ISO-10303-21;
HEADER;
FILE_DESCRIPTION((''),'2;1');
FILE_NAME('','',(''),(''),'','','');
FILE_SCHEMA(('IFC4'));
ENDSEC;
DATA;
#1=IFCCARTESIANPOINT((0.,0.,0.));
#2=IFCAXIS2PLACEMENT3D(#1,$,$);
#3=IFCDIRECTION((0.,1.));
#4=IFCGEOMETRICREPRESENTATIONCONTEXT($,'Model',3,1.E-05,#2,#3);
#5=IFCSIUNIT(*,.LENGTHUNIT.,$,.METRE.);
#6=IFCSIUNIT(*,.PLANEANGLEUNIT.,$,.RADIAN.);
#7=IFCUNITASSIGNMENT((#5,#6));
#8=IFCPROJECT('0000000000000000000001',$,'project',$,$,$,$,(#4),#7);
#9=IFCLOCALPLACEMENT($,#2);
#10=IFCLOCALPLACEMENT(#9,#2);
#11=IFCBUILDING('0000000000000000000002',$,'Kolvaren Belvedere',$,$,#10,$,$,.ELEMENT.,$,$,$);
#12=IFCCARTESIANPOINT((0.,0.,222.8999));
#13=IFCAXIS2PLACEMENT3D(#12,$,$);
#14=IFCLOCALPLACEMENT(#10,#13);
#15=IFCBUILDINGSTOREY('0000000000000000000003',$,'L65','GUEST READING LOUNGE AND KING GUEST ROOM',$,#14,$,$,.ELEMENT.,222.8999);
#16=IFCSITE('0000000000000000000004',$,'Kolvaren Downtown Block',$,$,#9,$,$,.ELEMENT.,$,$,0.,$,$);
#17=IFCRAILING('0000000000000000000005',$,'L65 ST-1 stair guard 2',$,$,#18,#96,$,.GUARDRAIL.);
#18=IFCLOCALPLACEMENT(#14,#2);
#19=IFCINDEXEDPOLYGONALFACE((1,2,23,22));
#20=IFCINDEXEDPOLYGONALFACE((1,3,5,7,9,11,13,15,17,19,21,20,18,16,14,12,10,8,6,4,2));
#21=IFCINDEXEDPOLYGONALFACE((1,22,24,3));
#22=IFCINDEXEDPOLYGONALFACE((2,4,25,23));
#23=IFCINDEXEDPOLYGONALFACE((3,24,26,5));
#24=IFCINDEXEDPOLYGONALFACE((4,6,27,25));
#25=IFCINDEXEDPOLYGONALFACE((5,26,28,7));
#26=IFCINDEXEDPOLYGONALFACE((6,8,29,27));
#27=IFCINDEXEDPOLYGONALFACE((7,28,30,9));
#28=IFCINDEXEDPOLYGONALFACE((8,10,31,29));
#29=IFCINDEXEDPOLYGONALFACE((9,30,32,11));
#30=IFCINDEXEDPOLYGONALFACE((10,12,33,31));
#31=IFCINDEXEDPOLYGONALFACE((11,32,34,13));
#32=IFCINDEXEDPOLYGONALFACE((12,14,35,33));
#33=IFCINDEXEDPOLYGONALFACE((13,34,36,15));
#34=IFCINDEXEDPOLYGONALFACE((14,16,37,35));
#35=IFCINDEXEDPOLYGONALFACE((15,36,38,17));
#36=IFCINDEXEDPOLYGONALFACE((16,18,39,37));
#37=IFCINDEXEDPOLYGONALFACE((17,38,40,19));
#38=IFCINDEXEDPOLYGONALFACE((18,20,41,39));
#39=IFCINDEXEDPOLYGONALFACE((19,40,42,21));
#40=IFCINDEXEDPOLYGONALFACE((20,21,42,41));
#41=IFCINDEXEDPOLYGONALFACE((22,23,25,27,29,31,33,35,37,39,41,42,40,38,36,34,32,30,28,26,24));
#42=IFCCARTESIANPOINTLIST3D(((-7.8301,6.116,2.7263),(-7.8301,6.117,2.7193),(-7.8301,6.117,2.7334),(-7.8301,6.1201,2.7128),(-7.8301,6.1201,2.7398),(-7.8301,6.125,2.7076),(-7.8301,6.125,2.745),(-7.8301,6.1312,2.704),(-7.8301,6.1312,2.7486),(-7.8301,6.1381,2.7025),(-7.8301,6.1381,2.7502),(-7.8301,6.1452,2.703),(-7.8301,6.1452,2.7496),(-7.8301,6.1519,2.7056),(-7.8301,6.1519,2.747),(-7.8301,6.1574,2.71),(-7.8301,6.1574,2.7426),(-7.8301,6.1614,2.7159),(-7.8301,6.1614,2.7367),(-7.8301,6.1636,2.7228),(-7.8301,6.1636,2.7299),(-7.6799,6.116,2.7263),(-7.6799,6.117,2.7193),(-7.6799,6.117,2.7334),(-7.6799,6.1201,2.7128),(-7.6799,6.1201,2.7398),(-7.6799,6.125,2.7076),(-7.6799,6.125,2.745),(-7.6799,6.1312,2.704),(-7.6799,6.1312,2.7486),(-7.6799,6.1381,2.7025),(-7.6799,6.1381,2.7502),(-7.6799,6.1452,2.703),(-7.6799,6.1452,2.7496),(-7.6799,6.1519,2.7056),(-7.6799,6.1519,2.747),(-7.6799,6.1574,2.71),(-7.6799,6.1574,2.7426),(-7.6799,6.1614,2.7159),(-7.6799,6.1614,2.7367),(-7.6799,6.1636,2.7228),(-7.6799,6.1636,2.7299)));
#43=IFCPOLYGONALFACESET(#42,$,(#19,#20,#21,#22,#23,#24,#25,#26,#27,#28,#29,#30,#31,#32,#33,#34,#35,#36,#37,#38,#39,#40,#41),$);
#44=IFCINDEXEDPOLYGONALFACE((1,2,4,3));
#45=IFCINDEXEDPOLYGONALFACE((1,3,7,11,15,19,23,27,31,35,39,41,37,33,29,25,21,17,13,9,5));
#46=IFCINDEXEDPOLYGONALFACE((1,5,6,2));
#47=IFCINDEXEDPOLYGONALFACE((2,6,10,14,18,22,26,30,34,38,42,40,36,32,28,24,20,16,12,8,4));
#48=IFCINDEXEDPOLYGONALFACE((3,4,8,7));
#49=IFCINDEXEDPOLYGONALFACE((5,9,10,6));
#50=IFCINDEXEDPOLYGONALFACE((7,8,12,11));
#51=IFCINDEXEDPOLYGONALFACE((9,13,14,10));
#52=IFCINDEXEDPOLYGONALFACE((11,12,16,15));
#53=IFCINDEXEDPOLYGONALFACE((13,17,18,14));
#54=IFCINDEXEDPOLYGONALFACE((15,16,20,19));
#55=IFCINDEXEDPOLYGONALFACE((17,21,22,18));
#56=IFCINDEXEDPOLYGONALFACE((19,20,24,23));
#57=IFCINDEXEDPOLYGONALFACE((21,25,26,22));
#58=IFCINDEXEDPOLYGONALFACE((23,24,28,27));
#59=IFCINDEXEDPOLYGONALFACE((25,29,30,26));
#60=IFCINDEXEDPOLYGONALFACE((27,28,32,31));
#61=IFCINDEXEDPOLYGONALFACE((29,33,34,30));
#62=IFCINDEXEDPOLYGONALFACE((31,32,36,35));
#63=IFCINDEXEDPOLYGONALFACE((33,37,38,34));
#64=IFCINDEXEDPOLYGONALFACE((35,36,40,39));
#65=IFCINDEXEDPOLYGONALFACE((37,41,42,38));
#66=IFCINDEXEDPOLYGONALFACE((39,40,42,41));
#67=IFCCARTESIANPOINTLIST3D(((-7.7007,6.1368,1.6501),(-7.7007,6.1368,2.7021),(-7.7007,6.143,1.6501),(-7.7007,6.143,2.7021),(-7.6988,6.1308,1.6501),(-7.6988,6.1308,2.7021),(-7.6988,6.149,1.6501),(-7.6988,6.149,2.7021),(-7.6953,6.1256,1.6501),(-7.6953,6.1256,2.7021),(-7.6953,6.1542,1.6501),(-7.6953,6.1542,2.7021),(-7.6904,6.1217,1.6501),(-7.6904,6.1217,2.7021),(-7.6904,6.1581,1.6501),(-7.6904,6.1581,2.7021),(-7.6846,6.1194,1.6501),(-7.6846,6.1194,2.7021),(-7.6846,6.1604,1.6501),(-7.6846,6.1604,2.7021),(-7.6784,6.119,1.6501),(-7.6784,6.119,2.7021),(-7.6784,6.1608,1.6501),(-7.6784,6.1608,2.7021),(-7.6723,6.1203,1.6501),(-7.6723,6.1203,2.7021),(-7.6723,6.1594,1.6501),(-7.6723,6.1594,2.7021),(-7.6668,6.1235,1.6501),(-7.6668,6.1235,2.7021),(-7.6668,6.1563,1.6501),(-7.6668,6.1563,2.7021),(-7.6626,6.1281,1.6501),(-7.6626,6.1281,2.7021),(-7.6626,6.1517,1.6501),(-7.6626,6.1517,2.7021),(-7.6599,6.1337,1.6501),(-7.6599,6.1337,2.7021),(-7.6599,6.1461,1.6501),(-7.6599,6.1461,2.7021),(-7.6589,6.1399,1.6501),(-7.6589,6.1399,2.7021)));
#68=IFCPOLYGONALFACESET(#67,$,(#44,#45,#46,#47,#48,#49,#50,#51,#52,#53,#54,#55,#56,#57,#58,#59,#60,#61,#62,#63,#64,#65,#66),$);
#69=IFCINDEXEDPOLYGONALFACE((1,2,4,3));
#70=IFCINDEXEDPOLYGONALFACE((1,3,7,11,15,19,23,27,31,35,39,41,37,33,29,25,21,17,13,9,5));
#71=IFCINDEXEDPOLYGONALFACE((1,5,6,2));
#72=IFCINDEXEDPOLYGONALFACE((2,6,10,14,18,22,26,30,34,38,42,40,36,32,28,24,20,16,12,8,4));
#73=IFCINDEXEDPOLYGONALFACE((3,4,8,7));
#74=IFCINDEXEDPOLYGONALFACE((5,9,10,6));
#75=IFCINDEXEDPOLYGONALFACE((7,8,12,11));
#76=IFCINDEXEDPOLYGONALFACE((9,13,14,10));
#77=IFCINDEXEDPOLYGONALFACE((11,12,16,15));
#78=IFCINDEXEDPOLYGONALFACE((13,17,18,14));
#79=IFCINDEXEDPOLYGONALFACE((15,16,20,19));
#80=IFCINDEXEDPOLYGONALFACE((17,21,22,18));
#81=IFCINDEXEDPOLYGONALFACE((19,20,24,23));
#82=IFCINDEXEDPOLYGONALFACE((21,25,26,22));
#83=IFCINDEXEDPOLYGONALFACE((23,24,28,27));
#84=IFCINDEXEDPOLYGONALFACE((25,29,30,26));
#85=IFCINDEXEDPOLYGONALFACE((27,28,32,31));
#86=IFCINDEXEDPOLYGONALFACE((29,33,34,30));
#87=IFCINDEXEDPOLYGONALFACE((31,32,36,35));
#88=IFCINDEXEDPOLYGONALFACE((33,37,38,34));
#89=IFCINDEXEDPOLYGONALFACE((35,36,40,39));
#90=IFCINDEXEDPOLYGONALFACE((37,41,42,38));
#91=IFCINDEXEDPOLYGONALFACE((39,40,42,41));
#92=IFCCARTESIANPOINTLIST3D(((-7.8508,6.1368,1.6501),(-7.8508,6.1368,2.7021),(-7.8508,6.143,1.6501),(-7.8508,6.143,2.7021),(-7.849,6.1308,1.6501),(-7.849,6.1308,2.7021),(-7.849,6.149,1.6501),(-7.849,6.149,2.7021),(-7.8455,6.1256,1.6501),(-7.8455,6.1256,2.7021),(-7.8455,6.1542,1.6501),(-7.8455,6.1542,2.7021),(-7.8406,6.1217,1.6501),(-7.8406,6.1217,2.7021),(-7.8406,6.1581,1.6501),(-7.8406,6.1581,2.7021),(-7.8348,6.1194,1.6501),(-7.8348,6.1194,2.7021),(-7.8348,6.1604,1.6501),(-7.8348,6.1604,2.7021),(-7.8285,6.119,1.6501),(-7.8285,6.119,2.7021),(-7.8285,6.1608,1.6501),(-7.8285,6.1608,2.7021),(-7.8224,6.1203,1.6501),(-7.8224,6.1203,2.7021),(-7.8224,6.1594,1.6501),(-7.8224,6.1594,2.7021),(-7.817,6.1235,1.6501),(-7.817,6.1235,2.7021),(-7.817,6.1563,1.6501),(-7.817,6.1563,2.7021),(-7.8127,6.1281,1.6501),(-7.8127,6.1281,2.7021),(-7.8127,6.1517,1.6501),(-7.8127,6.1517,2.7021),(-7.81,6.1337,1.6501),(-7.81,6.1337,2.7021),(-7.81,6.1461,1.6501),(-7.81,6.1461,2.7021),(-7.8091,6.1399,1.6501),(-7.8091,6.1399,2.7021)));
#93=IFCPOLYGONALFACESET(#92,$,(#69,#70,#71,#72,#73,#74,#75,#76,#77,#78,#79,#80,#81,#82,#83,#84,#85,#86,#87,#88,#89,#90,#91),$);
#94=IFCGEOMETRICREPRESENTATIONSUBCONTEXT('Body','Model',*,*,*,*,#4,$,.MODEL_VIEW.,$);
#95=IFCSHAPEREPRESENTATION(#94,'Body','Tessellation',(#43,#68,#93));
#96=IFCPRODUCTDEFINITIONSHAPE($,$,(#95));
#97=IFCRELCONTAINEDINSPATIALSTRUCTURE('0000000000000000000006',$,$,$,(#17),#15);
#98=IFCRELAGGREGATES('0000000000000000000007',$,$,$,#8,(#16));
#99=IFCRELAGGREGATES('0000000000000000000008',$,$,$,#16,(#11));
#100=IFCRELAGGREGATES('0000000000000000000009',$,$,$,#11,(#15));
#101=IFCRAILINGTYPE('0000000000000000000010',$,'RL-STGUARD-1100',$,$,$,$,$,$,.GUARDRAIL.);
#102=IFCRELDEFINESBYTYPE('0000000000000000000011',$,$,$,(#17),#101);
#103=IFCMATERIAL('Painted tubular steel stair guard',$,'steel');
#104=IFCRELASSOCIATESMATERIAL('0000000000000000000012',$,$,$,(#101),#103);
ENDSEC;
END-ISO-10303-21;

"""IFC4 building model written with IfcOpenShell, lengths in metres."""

from ifc_helpers import new_model, si_unit, direction, frame, origin, origin_2d, place, context, subcontext, project, spatial, circle, extrude, material, type_object, element, save


model = new_model("IFC4")

# Units and contexts
model_context = context("Model", 3, precision=1e-05, world=origin(), true_north=direction((0.0, 1.0)))
body_context = subcontext(model_context, "Body", "Model", "MODEL_VIEW")
ifc_project = project(units=[si_unit("LENGTHUNIT", "METRE"), si_unit("PLANEANGLEUNIT", "RADIAN")], contexts=[model_context])

# Site, building, storey
site_placement = place(None, origin())
site = spatial("IfcSite", under=ifc_project, at=site_placement, Name="Kolvaren Downtown Block", CompositionType="ELEMENT", RefElevation=0.0)
building_placement = place(site_placement, origin())
building = spatial("IfcBuilding", under=site, at=building_placement, Name="Kolvaren Belvedere", CompositionType="ELEMENT")
storey_placement = place(building_placement, frame((0.0, 0.0, 222.8999)))
storey = spatial("IfcBuildingStorey", under=building, at=storey_placement, Name="L65", Description="GUEST READING LOUNGE AND KING GUEST ROOM", CompositionType="ELEMENT", Elevation=222.8999)

# Railing
ifc_material_1 = material(Name="Painted tubular steel stair guard", Category="steel")
railing_type_1 = type_object("IfcRailingType", Name="RL-STGUARD-1100", PredefinedType="GUARDRAIL", material=ifc_material_1)
railing_1_placement = place(storey_placement, frame((-7.6799, 6.1399, 1.6501)))
element("IfcRailing", 1, at=railing_1_placement, inside=storey, type_object=railing_type_1, Name="L65 ST-1 stair guard 2", PredefinedType="GUARDRAIL", context=body_context, shape_type="SweptSolid", body=[
    extrude(circle(Radius=0.0239, at=origin_2d()), frame((0.0, 0.0, 1.0762), z_axis=(-1.0, 0.0, 0.0), x_axis=(0.0, -1.0, 0.0)), (0.0, 0.0, 1.0), 0.1501),
    extrude(circle(Radius=0.021, at=origin_2d()), origin(), (0.0, 0.0, 1.0), 1.052),
    extrude(circle(Radius=0.021, at=origin_2d()), frame((-0.1501, 0.0, 0.0)), (0.0, 0.0, 1.0), 1.052),
])

save(model, "model.ifc")
